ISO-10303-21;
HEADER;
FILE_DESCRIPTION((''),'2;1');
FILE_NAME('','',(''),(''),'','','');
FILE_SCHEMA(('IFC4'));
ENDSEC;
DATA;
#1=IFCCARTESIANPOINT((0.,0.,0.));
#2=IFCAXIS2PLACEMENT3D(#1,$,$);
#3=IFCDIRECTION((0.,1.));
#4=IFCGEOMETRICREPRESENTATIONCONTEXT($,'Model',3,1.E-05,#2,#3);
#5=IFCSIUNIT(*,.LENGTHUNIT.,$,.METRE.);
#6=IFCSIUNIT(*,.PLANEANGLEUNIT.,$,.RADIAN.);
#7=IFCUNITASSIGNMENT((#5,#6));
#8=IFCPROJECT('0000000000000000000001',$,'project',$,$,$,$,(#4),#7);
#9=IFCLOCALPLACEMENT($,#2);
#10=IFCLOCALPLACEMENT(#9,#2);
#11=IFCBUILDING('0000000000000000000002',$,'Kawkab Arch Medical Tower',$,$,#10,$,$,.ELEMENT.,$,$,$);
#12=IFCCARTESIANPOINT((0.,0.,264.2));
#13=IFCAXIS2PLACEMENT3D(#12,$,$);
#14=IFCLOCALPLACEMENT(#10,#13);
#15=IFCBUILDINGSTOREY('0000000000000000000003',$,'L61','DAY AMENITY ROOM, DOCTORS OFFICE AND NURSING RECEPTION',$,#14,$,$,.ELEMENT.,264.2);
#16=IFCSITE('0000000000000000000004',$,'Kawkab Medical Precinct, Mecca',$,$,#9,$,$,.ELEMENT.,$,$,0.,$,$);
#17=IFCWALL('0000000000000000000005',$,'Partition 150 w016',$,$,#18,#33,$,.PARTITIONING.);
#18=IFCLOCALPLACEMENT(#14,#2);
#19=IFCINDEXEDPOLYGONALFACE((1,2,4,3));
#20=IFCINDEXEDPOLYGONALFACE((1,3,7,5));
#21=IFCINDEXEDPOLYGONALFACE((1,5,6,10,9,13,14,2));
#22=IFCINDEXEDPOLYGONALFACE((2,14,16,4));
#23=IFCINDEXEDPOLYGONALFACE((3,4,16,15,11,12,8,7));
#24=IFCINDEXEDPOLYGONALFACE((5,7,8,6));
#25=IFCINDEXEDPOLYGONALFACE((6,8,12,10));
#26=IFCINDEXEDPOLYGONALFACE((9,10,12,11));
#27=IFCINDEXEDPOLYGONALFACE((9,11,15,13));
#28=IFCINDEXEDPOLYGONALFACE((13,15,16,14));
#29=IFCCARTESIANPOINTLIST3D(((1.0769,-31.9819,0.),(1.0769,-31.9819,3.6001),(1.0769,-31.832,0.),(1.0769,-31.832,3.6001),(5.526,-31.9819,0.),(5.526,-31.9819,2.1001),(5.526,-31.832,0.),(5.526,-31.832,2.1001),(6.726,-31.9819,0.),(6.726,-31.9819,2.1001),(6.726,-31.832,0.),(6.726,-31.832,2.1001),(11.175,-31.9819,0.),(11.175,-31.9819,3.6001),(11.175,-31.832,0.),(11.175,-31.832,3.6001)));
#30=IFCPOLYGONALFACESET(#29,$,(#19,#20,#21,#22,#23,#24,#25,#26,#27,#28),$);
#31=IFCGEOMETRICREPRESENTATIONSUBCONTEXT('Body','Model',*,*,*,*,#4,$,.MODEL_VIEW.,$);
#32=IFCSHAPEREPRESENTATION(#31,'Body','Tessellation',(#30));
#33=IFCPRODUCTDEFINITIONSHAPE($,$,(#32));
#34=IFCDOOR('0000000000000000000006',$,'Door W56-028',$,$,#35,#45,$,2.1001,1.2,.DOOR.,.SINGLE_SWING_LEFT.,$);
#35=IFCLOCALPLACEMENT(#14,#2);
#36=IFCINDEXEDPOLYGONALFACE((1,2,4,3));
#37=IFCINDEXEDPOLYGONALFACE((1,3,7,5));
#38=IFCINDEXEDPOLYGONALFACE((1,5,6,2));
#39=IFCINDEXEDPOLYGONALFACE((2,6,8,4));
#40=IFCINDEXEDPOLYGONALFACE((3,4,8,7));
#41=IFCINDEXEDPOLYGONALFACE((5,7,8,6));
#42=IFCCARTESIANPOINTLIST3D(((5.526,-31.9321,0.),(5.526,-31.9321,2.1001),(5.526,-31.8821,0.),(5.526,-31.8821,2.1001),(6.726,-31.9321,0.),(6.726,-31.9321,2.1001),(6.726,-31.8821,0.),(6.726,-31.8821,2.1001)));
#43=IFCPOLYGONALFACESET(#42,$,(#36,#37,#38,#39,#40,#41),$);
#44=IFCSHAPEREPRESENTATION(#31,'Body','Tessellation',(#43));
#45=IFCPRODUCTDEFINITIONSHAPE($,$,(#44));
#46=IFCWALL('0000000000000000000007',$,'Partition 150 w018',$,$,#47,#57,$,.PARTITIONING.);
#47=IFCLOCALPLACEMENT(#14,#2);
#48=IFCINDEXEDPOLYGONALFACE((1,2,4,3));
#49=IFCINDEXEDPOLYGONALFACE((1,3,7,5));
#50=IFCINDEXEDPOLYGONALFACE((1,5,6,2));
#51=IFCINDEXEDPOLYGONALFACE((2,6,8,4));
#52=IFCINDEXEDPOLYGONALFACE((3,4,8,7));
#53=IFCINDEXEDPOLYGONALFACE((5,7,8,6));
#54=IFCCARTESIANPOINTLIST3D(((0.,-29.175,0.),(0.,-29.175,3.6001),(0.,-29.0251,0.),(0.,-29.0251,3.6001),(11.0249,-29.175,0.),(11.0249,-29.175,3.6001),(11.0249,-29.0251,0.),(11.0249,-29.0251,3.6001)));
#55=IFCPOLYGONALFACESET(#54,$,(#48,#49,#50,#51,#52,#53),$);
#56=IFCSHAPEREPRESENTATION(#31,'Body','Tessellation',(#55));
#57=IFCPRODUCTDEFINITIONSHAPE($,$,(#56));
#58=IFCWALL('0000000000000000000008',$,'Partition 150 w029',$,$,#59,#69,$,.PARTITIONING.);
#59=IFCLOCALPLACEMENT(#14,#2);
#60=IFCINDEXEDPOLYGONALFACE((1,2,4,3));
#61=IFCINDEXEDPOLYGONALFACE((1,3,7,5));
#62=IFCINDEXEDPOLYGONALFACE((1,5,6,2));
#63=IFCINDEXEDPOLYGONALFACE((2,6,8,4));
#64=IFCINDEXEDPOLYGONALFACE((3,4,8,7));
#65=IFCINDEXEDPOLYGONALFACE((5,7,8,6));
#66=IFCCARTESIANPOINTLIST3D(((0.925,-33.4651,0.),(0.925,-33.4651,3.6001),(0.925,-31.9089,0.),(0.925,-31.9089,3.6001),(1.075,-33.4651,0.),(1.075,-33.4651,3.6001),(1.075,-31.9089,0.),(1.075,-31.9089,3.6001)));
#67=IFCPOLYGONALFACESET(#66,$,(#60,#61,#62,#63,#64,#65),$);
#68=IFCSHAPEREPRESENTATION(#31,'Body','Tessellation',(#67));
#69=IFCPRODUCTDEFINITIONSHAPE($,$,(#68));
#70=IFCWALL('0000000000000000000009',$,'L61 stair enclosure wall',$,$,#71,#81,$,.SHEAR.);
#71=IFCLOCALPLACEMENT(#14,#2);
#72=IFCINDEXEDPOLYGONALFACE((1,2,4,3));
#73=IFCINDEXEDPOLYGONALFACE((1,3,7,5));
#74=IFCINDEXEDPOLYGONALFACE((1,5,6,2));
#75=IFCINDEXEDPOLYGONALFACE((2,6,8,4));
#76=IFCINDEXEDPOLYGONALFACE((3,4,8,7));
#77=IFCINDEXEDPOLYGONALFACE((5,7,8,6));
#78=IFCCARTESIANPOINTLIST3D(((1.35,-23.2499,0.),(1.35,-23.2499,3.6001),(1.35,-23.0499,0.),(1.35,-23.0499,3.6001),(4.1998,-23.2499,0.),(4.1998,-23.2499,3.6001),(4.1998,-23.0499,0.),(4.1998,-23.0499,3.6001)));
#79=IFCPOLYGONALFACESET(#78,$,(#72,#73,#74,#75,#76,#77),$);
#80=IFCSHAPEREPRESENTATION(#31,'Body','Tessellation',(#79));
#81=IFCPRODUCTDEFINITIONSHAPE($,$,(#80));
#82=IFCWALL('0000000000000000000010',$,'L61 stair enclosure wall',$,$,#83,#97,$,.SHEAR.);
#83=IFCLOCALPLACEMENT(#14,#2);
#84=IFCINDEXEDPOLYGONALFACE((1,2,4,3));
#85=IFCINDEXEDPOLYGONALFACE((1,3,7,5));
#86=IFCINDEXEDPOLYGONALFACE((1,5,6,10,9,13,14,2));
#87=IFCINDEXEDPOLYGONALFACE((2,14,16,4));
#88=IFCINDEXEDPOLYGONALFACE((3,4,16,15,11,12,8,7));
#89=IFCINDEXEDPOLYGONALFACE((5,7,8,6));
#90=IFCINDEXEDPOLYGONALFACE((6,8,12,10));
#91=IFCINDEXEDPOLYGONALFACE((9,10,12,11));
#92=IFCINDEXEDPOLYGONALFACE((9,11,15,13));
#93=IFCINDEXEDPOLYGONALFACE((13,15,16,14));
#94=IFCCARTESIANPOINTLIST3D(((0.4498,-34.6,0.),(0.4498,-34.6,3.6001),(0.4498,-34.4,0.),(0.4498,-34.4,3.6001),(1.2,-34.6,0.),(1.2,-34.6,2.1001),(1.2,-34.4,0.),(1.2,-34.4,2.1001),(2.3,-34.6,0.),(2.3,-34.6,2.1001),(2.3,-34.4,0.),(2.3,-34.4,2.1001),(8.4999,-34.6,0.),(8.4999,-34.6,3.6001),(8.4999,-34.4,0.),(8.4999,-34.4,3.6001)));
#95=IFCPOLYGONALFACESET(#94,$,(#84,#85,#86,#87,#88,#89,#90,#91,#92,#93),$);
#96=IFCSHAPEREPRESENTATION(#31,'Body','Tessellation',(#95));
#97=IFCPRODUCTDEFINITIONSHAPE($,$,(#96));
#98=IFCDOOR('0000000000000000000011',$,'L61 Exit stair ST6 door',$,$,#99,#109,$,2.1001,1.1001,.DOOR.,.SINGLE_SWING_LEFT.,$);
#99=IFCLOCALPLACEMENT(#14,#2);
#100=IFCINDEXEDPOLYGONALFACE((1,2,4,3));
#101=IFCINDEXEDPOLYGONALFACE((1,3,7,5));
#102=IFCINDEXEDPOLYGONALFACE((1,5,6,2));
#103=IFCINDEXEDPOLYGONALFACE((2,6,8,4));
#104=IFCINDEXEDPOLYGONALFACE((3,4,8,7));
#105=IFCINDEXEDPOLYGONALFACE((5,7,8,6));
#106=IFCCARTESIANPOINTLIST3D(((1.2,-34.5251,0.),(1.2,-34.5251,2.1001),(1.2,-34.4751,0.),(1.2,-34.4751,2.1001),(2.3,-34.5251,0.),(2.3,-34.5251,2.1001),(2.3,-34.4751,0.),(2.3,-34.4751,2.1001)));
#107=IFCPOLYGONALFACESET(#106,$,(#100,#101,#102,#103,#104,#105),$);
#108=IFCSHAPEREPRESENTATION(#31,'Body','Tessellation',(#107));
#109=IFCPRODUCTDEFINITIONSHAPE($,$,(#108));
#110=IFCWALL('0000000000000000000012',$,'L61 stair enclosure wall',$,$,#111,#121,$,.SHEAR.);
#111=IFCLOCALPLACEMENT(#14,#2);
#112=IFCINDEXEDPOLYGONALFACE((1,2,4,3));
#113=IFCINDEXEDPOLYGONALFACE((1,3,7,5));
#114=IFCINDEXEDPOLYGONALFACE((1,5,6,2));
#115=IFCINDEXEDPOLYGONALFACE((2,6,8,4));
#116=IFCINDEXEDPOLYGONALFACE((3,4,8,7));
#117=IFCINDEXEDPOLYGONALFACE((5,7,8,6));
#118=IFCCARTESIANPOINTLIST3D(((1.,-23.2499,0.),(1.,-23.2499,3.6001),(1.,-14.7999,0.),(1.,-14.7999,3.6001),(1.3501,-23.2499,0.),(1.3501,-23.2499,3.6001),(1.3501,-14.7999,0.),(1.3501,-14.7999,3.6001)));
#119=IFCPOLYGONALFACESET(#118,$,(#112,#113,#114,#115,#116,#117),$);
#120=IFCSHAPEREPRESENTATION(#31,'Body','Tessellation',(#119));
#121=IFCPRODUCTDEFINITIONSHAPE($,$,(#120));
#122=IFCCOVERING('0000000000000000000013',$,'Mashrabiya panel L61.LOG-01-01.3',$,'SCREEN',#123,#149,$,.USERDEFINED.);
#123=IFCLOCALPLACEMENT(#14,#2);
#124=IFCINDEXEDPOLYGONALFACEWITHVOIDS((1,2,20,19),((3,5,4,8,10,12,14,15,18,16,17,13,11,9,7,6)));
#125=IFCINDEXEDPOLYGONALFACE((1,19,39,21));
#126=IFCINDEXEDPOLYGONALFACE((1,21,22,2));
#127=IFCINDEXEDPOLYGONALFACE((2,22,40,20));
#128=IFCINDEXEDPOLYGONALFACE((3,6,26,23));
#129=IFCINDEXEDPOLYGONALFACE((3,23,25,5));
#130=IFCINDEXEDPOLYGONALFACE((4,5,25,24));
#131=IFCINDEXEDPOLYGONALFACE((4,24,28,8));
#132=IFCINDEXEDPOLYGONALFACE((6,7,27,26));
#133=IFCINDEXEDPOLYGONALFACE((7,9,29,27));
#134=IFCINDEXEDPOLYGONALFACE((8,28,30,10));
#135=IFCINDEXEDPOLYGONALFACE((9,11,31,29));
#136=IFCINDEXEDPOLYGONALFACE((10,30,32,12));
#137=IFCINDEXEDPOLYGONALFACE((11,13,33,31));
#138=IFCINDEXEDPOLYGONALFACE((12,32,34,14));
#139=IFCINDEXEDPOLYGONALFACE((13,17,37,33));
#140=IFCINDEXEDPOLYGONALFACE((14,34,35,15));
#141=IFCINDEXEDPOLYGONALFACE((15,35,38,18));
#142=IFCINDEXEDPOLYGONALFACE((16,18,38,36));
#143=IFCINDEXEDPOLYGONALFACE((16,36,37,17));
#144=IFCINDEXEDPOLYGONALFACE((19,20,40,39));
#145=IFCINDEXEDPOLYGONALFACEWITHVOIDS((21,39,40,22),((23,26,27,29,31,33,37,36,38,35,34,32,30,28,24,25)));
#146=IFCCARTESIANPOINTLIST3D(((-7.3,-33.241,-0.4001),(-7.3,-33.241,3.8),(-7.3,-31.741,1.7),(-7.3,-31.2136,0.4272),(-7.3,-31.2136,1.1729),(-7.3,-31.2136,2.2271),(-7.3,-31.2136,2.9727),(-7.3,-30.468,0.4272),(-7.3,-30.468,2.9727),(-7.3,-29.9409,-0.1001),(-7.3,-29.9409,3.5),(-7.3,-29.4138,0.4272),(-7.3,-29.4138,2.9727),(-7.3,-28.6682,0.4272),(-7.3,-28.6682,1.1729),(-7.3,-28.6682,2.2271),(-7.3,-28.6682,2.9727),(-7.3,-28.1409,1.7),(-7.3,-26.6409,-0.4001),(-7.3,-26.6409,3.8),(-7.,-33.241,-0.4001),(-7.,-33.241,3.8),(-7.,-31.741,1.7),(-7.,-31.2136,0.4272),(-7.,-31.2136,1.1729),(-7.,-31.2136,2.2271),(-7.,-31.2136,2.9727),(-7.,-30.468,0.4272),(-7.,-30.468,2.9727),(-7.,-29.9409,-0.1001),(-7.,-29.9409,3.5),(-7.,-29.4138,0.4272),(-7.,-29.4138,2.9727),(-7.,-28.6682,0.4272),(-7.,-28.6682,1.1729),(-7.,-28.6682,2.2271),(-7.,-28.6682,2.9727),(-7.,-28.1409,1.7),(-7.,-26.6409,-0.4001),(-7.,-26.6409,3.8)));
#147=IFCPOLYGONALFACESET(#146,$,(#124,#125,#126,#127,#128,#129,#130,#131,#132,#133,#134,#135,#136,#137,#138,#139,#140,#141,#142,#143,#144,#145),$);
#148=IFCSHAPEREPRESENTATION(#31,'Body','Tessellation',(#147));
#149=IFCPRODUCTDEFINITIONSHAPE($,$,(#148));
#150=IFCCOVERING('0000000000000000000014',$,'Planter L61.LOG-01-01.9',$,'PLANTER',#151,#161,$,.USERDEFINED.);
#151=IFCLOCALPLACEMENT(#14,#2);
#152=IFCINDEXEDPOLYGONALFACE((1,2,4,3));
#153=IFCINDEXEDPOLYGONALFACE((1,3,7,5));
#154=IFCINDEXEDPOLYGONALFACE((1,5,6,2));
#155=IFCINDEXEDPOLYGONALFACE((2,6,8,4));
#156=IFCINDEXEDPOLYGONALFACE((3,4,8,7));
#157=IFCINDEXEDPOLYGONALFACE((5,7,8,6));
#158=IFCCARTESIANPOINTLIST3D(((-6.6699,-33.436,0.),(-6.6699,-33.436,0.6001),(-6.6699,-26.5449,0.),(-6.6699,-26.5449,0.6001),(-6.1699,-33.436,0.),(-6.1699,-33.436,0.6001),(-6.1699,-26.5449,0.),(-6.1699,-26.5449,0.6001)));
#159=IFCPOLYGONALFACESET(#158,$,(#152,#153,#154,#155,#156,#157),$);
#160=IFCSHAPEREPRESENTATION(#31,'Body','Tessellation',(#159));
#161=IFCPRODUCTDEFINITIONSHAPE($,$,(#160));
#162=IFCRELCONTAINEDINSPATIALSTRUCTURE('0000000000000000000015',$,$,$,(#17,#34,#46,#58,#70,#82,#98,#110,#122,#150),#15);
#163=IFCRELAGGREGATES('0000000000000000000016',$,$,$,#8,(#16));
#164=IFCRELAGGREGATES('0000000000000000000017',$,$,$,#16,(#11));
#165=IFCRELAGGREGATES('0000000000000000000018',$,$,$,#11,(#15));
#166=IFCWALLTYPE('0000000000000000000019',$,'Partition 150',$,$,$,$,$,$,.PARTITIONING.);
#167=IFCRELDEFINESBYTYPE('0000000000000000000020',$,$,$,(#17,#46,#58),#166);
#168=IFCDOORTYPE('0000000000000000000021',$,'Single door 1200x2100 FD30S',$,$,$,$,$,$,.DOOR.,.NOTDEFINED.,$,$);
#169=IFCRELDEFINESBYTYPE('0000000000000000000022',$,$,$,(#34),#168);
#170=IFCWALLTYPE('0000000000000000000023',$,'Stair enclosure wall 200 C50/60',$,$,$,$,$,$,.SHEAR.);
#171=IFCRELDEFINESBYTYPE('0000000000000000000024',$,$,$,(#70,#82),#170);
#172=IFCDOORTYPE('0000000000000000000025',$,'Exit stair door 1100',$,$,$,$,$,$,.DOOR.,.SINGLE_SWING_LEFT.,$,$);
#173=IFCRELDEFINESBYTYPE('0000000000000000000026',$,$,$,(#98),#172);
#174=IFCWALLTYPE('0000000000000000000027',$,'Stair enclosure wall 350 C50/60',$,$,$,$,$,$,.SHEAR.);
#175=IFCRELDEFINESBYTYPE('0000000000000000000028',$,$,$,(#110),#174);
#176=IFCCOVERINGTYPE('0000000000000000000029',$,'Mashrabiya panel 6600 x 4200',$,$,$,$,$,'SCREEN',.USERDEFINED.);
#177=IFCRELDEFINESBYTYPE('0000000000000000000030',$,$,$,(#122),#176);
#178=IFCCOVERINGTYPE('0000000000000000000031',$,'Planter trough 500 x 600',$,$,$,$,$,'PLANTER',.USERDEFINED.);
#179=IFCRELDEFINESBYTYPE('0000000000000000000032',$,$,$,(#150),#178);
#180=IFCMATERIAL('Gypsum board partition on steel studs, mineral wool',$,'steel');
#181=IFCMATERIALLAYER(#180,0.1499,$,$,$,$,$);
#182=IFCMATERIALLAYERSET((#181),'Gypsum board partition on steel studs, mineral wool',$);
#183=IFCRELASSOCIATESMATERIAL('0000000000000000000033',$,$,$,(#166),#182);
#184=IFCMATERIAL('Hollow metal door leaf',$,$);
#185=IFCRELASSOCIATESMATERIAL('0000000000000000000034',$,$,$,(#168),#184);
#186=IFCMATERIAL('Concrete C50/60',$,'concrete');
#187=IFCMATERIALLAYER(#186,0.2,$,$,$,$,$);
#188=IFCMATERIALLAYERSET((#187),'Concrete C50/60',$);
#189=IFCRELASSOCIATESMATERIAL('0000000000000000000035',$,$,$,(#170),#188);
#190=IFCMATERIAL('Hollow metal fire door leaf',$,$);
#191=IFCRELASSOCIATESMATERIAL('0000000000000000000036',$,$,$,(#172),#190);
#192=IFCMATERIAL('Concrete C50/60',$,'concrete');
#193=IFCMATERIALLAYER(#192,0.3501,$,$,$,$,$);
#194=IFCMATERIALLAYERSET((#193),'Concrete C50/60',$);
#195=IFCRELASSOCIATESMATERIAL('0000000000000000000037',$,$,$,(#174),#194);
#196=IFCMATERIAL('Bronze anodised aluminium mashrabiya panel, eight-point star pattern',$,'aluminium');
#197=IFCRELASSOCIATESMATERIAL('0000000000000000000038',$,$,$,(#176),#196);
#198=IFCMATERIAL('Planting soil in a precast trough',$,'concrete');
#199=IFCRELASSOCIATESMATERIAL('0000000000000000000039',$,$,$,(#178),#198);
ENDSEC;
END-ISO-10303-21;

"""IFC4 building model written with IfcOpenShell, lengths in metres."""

from ifc_helpers import new_model, si_unit, direction, frame, frame_2d, origin, origin_2d, place, context, subcontext, project, spatial, polyline, rectangle, outline, extrude, material, layer, layer_set, material_profile, profile_set, type_object, element, fill, save


model = new_model("IFC4")

# Units and contexts
model_context = context("Model", 3, precision=1e-05, world=origin(), true_north=direction((0.0, 1.0)))
body_context = subcontext(model_context, "Body", "Model", "MODEL_VIEW")
ifc_project = project(units=[si_unit("LENGTHUNIT", "METRE"), si_unit("PLANEANGLEUNIT", "RADIAN")], contexts=[model_context])

# Site, building, storey
site_placement = place(None, origin())
site = spatial("IfcSite", under=ifc_project, at=site_placement, Name="Kawkab Medical Precinct, Mecca", CompositionType="ELEMENT", RefElevation=0.0)
building_placement = place(site_placement, origin())
building = spatial("IfcBuilding", under=site, at=building_placement, Name="Kawkab Arch Medical Tower", CompositionType="ELEMENT")
storey_placement = place(building_placement, frame((0.0, 0.0, 264.2)))
storey = spatial("IfcBuildingStorey", under=building, at=storey_placement, Name="L61", Description="DAY AMENITY ROOM, DOCTORS OFFICE AND NURSING RECEPTION", CompositionType="ELEMENT", Elevation=264.2)

# Shared definitions
ifc_material_1 = material(Name="Gypsum board partition on steel studs, mineral wool", Category="steel")
ifc_layer_1 = layer(ifc_material_1, 0.1499)
ifc_layer_set_1 = layer_set([ifc_layer_1], Name="Gypsum board partition on steel studs, mineral wool")
wall_type_1 = type_object("IfcWallType", Name="Partition 150", PredefinedType="PARTITIONING", material=ifc_layer_set_1)

# Wall, opening, door
wall_1_placement = place(storey_placement, frame((1.0769, -31.907, 0.0), z_axis=(0.0, 0.0, 1.0), x_axis=(1.0, 0.0, 0.0)))
wall_1 = element("IfcWall", 1, at=wall_1_placement, inside=storey, type_object=wall_type_1, Name="Partition 150 w016", PredefinedType="PARTITIONING", context=body_context, shape_type="SweptSolid", body=[
    extrude(rectangle(XDim=10.0981, YDim=0.1499, at=frame_2d((5.0491, 0.0))), origin(), (0.0, 0.0, 1.0), 3.6001),
])
opening_1_placement = place(wall_1_placement, frame((4.449, 0.0, 0.0)))
opening_1 = element("IfcOpeningElement", 2, at=opening_1_placement, cuts=wall_1, PredefinedType="OPENING", context=body_context, shape_type="SweptSolid", body=[
    extrude(rectangle(XDim=1.2, YDim=2.1001, at=frame_2d((0.6001, 1.05))), frame((0.0, 0.085, 0.0), z_axis=(0.0, -1.0, 0.0), x_axis=(1.0, 0.0, 0.0)), (0.0, 0.0, 1.0), 0.1699),
])
ifc_material_2 = material(Name="Hollow metal door leaf")
door_type_1 = type_object("IfcDoorType", Name="Single door 1200x2100 FD30S", OperationType="NOTDEFINED", PredefinedType="DOOR", material=ifc_material_2)
door_1_placement = place(opening_1_placement, origin())
door_1 = element("IfcDoor", 3, at=door_1_placement, inside=storey, type_object=door_type_1, Name="Door W56-028", OperationType="SINGLE_SWING_LEFT", OverallHeight=2.1001, OverallWidth=1.2, PredefinedType="DOOR", context=body_context, shape_type="SweptSolid", body=[
    extrude(rectangle(XDim=1.2, YDim=2.1001, at=frame_2d((0.6001, 1.05))), frame((0.0, 0.0249, 0.0), z_axis=(0.0, -1.0, 0.0), x_axis=(1.0, 0.0, 0.0)), (0.0, 0.0, 1.0), 0.05),
])
fill(opening_1, door_1)

# Walls
wall_2_placement = place(storey_placement, frame((0.0, -29.1001, 0.0), z_axis=(0.0, 0.0, 1.0), x_axis=(1.0, 0.0, 0.0)))
element("IfcWall", 4, at=wall_2_placement, inside=storey, type_object=wall_type_1, Name="Partition 150 w018", PredefinedType="PARTITIONING", context=body_context, shape_type="SweptSolid", body=[
    extrude(rectangle(XDim=11.0249, YDim=0.1499, at=frame_2d((5.5125, 0.0))), origin(), (0.0, 0.0, 1.0), 3.6001),
])
wall_3_placement = place(storey_placement, frame((1.0, -33.4651, 0.0), z_axis=(0.0, 0.0, 1.0), x_axis=(0.0, 1.0, 0.0)))
element("IfcWall", 5, at=wall_3_placement, inside=storey, type_object=wall_type_1, Name="Partition 150 w029", PredefinedType="PARTITIONING", context=body_context, shape_type="SweptSolid", body=[
    extrude(rectangle(XDim=1.5562, YDim=0.1499, at=frame_2d((0.7781, 0.0))), origin(), (0.0, 0.0, 1.0), 3.6001),
])
ifc_material_3 = material(Name="Concrete C50/60", Category="concrete")
ifc_layer_2 = layer(ifc_material_3, 0.2)
ifc_layer_set_2 = layer_set([ifc_layer_2], Name="Concrete C50/60")
wall_type_2 = type_object("IfcWallType", Name="Stair enclosure wall 200 C50/60", PredefinedType="SHEAR", material=ifc_layer_set_2)
wall_4_placement = place(storey_placement, frame((1.3501, -23.1499, 0.0), z_axis=(0.0, 0.0, 1.0), x_axis=(1.0, 0.0, 0.0)))
element("IfcWall", 6, at=wall_4_placement, inside=storey, type_object=wall_type_2, Name="L61 stair enclosure wall", PredefinedType="SHEAR", context=body_context, shape_type="SweptSolid", body=[
    extrude(rectangle(XDim=2.8499, YDim=0.2, at=frame_2d((1.4248, 0.0))), origin(), (0.0, 0.0, 1.0), 3.6001),
])

# Wall, opening, door
wall_5_placement = place(storey_placement, frame((0.45, -34.5, 0.0), z_axis=(0.0, 0.0, 1.0), x_axis=(1.0, 0.0, 0.0)))
wall_5 = element("IfcWall", 7, at=wall_5_placement, inside=storey, type_object=wall_type_2, Name="L61 stair enclosure wall", PredefinedType="SHEAR", context=body_context, shape_type="SweptSolid", body=[
    extrude(rectangle(XDim=8.05, YDim=0.2, at=frame_2d((4.0249, 0.0))), origin(), (0.0, 0.0, 1.0), 3.6001),
])
opening_2_placement = place(wall_5_placement, frame((0.75, 0.0, 0.0)))
opening_2 = element("IfcOpeningElement", 8, at=opening_2_placement, cuts=wall_5, PredefinedType="OPENING", context=body_context, shape_type="SweptSolid", body=[
    extrude(rectangle(XDim=1.1001, YDim=2.1001, at=frame_2d((0.55, 1.05))), frame((0.0, 0.1099, 0.0), z_axis=(0.0, -1.0, 0.0), x_axis=(1.0, 0.0, 0.0)), (0.0, 0.0, 1.0), 0.22),
])
ifc_material_4 = material(Name="Hollow metal fire door leaf")
door_type_2 = type_object("IfcDoorType", Name="Exit stair door 1100", OperationType="SINGLE_SWING_LEFT", PredefinedType="DOOR", material=ifc_material_4)
door_2_placement = place(opening_2_placement, origin())
door_2 = element("IfcDoor", 9, at=door_2_placement, inside=storey, type_object=door_type_2, Name="L61 Exit stair ST6 door", OperationType="SINGLE_SWING_LEFT", OverallHeight=2.1001, OverallWidth=1.1001, PredefinedType="DOOR", context=body_context, shape_type="SweptSolid", body=[
    extrude(rectangle(XDim=1.1001, YDim=2.1001, at=frame_2d((0.55, 1.05))), frame((0.0, 0.0249, 0.0), z_axis=(0.0, -1.0, 0.0), x_axis=(1.0, 0.0, 0.0)), (0.0, 0.0, 1.0), 0.05),
])
fill(opening_2, door_2)

# Wall
ifc_material_5 = material(Name="Concrete C50/60", Category="concrete")
ifc_layer_3 = layer(ifc_material_5, 0.3501)
ifc_layer_set_3 = layer_set([ifc_layer_3], Name="Concrete C50/60")
wall_type_3 = type_object("IfcWallType", Name="Stair enclosure wall 350 C50/60", PredefinedType="SHEAR", material=ifc_layer_set_3)
wall_6_placement = place(storey_placement, frame((1.175, -23.25, 0.0), z_axis=(0.0, 0.0, 1.0), x_axis=(0.0, 1.0, 0.0)))
element("IfcWall", 10, at=wall_6_placement, inside=storey, type_object=wall_type_3, Name="L61 stair enclosure wall", PredefinedType="SHEAR", context=body_context, shape_type="SweptSolid", body=[
    extrude(rectangle(XDim=8.45, YDim=0.3501, at=frame_2d((4.2251, 0.0))), origin(), (0.0, 0.0, 1.0), 3.6001),
])

# Coverings
ifc_material_6 = material(Name="Bronze anodised aluminium mashrabiya panel, eight-point star pattern", Category="aluminium")
ifc_material_profile_1 = material_profile(ifc_material_6, outline(polyline([(-3.3, -2.1001), (3.3, -2.1001), (3.3, 2.1001), (-3.3, 2.1001), (-3.3, -2.1001)]), holes=[polyline([(1.8, 0.0), (1.2727, 0.5271), (1.2727, 1.2727), (0.5271, 1.2727), (0.0, 1.8), (-0.5271, 1.2727), (-1.2727, 1.2727), (-1.2727, 0.5271), (-1.8, 0.0), (-1.2727, -0.5271), (-1.2727, -1.2727), (-0.5271, -1.2727), (0.0, -1.8), (0.5271, -1.2727), (1.2727, -1.2727), (1.2727, -0.5271), (1.8, 0.0)])]), Name="Mashrabiya panel 6600x4200")
ifc_profile_set_1 = profile_set([ifc_material_profile_1], Name="Bronze anodised aluminium mashrabiya panel, eight-point star pattern")
covering_type_1 = type_object("IfcCoveringType", Name="Mashrabiya panel 6600 x 4200", ElementType="SCREEN", PredefinedType="USERDEFINED", material=ifc_profile_set_1)
covering_1_placement = place(storey_placement, frame((-7.0, -29.9409, 1.7), z_axis=(-1.0, 0.0, 0.0), x_axis=(0.0, -1.0, 0.0)))
element("IfcCovering", 11, at=covering_1_placement, inside=storey, type_object=covering_type_1, Name="Mashrabiya panel L61.LOG-01-01.3", ObjectType="SCREEN", PredefinedType="USERDEFINED", context=body_context, shape_type="SweptSolid", body=[
    extrude(outline(polyline([(-3.3, -2.1001), (3.3, -2.1001), (3.3, 2.1001), (-3.3, 2.1001), (-3.3, -2.1001)]), holes=[polyline([(1.8, 0.0), (1.2727, 0.5271), (1.2727, 1.2727), (0.5271, 1.2727), (0.0, 1.8), (-0.5271, 1.2727), (-1.2727, 1.2727), (-1.2727, 0.5271), (-1.8, 0.0), (-1.2727, -0.5271), (-1.2727, -1.2727), (-0.5271, -1.2727), (0.0, -1.8), (0.5271, -1.2727), (1.2727, -1.2727), (1.2727, -0.5271), (1.8, 0.0)])]), origin(), (0.0, 0.0, 1.0), 0.3),
])
ifc_material_7 = material(Name="Planting soil in a precast trough", Category="concrete")
ifc_material_profile_2 = material_profile(ifc_material_7, rectangle(XDim=0.5, YDim=0.6001, at=origin_2d()), Name="Trough 500x600")
ifc_profile_set_2 = profile_set([ifc_material_profile_2], Name="Planting soil in a precast trough")
covering_type_2 = type_object("IfcCoveringType", Name="Planter trough 500 x 600", ElementType="PLANTER", PredefinedType="USERDEFINED", material=ifc_profile_set_2)
covering_2_placement = place(storey_placement, frame((-6.4199, -33.436, 0.3), z_axis=(0.0, 1.0, 0.0), x_axis=(-1.0, 0.0, 0.0)))
element("IfcCovering", 12, at=covering_2_placement, inside=storey, type_object=covering_type_2, Name="Planter L61.LOG-01-01.9", ObjectType="PLANTER", PredefinedType="USERDEFINED", context=body_context, shape_type="SweptSolid", body=[
    extrude(rectangle(XDim=0.5, YDim=0.6001, at=origin_2d()), origin(), (0.0, 0.0, 1.0), 6.8911),
])

save(model, "model.ifc")
